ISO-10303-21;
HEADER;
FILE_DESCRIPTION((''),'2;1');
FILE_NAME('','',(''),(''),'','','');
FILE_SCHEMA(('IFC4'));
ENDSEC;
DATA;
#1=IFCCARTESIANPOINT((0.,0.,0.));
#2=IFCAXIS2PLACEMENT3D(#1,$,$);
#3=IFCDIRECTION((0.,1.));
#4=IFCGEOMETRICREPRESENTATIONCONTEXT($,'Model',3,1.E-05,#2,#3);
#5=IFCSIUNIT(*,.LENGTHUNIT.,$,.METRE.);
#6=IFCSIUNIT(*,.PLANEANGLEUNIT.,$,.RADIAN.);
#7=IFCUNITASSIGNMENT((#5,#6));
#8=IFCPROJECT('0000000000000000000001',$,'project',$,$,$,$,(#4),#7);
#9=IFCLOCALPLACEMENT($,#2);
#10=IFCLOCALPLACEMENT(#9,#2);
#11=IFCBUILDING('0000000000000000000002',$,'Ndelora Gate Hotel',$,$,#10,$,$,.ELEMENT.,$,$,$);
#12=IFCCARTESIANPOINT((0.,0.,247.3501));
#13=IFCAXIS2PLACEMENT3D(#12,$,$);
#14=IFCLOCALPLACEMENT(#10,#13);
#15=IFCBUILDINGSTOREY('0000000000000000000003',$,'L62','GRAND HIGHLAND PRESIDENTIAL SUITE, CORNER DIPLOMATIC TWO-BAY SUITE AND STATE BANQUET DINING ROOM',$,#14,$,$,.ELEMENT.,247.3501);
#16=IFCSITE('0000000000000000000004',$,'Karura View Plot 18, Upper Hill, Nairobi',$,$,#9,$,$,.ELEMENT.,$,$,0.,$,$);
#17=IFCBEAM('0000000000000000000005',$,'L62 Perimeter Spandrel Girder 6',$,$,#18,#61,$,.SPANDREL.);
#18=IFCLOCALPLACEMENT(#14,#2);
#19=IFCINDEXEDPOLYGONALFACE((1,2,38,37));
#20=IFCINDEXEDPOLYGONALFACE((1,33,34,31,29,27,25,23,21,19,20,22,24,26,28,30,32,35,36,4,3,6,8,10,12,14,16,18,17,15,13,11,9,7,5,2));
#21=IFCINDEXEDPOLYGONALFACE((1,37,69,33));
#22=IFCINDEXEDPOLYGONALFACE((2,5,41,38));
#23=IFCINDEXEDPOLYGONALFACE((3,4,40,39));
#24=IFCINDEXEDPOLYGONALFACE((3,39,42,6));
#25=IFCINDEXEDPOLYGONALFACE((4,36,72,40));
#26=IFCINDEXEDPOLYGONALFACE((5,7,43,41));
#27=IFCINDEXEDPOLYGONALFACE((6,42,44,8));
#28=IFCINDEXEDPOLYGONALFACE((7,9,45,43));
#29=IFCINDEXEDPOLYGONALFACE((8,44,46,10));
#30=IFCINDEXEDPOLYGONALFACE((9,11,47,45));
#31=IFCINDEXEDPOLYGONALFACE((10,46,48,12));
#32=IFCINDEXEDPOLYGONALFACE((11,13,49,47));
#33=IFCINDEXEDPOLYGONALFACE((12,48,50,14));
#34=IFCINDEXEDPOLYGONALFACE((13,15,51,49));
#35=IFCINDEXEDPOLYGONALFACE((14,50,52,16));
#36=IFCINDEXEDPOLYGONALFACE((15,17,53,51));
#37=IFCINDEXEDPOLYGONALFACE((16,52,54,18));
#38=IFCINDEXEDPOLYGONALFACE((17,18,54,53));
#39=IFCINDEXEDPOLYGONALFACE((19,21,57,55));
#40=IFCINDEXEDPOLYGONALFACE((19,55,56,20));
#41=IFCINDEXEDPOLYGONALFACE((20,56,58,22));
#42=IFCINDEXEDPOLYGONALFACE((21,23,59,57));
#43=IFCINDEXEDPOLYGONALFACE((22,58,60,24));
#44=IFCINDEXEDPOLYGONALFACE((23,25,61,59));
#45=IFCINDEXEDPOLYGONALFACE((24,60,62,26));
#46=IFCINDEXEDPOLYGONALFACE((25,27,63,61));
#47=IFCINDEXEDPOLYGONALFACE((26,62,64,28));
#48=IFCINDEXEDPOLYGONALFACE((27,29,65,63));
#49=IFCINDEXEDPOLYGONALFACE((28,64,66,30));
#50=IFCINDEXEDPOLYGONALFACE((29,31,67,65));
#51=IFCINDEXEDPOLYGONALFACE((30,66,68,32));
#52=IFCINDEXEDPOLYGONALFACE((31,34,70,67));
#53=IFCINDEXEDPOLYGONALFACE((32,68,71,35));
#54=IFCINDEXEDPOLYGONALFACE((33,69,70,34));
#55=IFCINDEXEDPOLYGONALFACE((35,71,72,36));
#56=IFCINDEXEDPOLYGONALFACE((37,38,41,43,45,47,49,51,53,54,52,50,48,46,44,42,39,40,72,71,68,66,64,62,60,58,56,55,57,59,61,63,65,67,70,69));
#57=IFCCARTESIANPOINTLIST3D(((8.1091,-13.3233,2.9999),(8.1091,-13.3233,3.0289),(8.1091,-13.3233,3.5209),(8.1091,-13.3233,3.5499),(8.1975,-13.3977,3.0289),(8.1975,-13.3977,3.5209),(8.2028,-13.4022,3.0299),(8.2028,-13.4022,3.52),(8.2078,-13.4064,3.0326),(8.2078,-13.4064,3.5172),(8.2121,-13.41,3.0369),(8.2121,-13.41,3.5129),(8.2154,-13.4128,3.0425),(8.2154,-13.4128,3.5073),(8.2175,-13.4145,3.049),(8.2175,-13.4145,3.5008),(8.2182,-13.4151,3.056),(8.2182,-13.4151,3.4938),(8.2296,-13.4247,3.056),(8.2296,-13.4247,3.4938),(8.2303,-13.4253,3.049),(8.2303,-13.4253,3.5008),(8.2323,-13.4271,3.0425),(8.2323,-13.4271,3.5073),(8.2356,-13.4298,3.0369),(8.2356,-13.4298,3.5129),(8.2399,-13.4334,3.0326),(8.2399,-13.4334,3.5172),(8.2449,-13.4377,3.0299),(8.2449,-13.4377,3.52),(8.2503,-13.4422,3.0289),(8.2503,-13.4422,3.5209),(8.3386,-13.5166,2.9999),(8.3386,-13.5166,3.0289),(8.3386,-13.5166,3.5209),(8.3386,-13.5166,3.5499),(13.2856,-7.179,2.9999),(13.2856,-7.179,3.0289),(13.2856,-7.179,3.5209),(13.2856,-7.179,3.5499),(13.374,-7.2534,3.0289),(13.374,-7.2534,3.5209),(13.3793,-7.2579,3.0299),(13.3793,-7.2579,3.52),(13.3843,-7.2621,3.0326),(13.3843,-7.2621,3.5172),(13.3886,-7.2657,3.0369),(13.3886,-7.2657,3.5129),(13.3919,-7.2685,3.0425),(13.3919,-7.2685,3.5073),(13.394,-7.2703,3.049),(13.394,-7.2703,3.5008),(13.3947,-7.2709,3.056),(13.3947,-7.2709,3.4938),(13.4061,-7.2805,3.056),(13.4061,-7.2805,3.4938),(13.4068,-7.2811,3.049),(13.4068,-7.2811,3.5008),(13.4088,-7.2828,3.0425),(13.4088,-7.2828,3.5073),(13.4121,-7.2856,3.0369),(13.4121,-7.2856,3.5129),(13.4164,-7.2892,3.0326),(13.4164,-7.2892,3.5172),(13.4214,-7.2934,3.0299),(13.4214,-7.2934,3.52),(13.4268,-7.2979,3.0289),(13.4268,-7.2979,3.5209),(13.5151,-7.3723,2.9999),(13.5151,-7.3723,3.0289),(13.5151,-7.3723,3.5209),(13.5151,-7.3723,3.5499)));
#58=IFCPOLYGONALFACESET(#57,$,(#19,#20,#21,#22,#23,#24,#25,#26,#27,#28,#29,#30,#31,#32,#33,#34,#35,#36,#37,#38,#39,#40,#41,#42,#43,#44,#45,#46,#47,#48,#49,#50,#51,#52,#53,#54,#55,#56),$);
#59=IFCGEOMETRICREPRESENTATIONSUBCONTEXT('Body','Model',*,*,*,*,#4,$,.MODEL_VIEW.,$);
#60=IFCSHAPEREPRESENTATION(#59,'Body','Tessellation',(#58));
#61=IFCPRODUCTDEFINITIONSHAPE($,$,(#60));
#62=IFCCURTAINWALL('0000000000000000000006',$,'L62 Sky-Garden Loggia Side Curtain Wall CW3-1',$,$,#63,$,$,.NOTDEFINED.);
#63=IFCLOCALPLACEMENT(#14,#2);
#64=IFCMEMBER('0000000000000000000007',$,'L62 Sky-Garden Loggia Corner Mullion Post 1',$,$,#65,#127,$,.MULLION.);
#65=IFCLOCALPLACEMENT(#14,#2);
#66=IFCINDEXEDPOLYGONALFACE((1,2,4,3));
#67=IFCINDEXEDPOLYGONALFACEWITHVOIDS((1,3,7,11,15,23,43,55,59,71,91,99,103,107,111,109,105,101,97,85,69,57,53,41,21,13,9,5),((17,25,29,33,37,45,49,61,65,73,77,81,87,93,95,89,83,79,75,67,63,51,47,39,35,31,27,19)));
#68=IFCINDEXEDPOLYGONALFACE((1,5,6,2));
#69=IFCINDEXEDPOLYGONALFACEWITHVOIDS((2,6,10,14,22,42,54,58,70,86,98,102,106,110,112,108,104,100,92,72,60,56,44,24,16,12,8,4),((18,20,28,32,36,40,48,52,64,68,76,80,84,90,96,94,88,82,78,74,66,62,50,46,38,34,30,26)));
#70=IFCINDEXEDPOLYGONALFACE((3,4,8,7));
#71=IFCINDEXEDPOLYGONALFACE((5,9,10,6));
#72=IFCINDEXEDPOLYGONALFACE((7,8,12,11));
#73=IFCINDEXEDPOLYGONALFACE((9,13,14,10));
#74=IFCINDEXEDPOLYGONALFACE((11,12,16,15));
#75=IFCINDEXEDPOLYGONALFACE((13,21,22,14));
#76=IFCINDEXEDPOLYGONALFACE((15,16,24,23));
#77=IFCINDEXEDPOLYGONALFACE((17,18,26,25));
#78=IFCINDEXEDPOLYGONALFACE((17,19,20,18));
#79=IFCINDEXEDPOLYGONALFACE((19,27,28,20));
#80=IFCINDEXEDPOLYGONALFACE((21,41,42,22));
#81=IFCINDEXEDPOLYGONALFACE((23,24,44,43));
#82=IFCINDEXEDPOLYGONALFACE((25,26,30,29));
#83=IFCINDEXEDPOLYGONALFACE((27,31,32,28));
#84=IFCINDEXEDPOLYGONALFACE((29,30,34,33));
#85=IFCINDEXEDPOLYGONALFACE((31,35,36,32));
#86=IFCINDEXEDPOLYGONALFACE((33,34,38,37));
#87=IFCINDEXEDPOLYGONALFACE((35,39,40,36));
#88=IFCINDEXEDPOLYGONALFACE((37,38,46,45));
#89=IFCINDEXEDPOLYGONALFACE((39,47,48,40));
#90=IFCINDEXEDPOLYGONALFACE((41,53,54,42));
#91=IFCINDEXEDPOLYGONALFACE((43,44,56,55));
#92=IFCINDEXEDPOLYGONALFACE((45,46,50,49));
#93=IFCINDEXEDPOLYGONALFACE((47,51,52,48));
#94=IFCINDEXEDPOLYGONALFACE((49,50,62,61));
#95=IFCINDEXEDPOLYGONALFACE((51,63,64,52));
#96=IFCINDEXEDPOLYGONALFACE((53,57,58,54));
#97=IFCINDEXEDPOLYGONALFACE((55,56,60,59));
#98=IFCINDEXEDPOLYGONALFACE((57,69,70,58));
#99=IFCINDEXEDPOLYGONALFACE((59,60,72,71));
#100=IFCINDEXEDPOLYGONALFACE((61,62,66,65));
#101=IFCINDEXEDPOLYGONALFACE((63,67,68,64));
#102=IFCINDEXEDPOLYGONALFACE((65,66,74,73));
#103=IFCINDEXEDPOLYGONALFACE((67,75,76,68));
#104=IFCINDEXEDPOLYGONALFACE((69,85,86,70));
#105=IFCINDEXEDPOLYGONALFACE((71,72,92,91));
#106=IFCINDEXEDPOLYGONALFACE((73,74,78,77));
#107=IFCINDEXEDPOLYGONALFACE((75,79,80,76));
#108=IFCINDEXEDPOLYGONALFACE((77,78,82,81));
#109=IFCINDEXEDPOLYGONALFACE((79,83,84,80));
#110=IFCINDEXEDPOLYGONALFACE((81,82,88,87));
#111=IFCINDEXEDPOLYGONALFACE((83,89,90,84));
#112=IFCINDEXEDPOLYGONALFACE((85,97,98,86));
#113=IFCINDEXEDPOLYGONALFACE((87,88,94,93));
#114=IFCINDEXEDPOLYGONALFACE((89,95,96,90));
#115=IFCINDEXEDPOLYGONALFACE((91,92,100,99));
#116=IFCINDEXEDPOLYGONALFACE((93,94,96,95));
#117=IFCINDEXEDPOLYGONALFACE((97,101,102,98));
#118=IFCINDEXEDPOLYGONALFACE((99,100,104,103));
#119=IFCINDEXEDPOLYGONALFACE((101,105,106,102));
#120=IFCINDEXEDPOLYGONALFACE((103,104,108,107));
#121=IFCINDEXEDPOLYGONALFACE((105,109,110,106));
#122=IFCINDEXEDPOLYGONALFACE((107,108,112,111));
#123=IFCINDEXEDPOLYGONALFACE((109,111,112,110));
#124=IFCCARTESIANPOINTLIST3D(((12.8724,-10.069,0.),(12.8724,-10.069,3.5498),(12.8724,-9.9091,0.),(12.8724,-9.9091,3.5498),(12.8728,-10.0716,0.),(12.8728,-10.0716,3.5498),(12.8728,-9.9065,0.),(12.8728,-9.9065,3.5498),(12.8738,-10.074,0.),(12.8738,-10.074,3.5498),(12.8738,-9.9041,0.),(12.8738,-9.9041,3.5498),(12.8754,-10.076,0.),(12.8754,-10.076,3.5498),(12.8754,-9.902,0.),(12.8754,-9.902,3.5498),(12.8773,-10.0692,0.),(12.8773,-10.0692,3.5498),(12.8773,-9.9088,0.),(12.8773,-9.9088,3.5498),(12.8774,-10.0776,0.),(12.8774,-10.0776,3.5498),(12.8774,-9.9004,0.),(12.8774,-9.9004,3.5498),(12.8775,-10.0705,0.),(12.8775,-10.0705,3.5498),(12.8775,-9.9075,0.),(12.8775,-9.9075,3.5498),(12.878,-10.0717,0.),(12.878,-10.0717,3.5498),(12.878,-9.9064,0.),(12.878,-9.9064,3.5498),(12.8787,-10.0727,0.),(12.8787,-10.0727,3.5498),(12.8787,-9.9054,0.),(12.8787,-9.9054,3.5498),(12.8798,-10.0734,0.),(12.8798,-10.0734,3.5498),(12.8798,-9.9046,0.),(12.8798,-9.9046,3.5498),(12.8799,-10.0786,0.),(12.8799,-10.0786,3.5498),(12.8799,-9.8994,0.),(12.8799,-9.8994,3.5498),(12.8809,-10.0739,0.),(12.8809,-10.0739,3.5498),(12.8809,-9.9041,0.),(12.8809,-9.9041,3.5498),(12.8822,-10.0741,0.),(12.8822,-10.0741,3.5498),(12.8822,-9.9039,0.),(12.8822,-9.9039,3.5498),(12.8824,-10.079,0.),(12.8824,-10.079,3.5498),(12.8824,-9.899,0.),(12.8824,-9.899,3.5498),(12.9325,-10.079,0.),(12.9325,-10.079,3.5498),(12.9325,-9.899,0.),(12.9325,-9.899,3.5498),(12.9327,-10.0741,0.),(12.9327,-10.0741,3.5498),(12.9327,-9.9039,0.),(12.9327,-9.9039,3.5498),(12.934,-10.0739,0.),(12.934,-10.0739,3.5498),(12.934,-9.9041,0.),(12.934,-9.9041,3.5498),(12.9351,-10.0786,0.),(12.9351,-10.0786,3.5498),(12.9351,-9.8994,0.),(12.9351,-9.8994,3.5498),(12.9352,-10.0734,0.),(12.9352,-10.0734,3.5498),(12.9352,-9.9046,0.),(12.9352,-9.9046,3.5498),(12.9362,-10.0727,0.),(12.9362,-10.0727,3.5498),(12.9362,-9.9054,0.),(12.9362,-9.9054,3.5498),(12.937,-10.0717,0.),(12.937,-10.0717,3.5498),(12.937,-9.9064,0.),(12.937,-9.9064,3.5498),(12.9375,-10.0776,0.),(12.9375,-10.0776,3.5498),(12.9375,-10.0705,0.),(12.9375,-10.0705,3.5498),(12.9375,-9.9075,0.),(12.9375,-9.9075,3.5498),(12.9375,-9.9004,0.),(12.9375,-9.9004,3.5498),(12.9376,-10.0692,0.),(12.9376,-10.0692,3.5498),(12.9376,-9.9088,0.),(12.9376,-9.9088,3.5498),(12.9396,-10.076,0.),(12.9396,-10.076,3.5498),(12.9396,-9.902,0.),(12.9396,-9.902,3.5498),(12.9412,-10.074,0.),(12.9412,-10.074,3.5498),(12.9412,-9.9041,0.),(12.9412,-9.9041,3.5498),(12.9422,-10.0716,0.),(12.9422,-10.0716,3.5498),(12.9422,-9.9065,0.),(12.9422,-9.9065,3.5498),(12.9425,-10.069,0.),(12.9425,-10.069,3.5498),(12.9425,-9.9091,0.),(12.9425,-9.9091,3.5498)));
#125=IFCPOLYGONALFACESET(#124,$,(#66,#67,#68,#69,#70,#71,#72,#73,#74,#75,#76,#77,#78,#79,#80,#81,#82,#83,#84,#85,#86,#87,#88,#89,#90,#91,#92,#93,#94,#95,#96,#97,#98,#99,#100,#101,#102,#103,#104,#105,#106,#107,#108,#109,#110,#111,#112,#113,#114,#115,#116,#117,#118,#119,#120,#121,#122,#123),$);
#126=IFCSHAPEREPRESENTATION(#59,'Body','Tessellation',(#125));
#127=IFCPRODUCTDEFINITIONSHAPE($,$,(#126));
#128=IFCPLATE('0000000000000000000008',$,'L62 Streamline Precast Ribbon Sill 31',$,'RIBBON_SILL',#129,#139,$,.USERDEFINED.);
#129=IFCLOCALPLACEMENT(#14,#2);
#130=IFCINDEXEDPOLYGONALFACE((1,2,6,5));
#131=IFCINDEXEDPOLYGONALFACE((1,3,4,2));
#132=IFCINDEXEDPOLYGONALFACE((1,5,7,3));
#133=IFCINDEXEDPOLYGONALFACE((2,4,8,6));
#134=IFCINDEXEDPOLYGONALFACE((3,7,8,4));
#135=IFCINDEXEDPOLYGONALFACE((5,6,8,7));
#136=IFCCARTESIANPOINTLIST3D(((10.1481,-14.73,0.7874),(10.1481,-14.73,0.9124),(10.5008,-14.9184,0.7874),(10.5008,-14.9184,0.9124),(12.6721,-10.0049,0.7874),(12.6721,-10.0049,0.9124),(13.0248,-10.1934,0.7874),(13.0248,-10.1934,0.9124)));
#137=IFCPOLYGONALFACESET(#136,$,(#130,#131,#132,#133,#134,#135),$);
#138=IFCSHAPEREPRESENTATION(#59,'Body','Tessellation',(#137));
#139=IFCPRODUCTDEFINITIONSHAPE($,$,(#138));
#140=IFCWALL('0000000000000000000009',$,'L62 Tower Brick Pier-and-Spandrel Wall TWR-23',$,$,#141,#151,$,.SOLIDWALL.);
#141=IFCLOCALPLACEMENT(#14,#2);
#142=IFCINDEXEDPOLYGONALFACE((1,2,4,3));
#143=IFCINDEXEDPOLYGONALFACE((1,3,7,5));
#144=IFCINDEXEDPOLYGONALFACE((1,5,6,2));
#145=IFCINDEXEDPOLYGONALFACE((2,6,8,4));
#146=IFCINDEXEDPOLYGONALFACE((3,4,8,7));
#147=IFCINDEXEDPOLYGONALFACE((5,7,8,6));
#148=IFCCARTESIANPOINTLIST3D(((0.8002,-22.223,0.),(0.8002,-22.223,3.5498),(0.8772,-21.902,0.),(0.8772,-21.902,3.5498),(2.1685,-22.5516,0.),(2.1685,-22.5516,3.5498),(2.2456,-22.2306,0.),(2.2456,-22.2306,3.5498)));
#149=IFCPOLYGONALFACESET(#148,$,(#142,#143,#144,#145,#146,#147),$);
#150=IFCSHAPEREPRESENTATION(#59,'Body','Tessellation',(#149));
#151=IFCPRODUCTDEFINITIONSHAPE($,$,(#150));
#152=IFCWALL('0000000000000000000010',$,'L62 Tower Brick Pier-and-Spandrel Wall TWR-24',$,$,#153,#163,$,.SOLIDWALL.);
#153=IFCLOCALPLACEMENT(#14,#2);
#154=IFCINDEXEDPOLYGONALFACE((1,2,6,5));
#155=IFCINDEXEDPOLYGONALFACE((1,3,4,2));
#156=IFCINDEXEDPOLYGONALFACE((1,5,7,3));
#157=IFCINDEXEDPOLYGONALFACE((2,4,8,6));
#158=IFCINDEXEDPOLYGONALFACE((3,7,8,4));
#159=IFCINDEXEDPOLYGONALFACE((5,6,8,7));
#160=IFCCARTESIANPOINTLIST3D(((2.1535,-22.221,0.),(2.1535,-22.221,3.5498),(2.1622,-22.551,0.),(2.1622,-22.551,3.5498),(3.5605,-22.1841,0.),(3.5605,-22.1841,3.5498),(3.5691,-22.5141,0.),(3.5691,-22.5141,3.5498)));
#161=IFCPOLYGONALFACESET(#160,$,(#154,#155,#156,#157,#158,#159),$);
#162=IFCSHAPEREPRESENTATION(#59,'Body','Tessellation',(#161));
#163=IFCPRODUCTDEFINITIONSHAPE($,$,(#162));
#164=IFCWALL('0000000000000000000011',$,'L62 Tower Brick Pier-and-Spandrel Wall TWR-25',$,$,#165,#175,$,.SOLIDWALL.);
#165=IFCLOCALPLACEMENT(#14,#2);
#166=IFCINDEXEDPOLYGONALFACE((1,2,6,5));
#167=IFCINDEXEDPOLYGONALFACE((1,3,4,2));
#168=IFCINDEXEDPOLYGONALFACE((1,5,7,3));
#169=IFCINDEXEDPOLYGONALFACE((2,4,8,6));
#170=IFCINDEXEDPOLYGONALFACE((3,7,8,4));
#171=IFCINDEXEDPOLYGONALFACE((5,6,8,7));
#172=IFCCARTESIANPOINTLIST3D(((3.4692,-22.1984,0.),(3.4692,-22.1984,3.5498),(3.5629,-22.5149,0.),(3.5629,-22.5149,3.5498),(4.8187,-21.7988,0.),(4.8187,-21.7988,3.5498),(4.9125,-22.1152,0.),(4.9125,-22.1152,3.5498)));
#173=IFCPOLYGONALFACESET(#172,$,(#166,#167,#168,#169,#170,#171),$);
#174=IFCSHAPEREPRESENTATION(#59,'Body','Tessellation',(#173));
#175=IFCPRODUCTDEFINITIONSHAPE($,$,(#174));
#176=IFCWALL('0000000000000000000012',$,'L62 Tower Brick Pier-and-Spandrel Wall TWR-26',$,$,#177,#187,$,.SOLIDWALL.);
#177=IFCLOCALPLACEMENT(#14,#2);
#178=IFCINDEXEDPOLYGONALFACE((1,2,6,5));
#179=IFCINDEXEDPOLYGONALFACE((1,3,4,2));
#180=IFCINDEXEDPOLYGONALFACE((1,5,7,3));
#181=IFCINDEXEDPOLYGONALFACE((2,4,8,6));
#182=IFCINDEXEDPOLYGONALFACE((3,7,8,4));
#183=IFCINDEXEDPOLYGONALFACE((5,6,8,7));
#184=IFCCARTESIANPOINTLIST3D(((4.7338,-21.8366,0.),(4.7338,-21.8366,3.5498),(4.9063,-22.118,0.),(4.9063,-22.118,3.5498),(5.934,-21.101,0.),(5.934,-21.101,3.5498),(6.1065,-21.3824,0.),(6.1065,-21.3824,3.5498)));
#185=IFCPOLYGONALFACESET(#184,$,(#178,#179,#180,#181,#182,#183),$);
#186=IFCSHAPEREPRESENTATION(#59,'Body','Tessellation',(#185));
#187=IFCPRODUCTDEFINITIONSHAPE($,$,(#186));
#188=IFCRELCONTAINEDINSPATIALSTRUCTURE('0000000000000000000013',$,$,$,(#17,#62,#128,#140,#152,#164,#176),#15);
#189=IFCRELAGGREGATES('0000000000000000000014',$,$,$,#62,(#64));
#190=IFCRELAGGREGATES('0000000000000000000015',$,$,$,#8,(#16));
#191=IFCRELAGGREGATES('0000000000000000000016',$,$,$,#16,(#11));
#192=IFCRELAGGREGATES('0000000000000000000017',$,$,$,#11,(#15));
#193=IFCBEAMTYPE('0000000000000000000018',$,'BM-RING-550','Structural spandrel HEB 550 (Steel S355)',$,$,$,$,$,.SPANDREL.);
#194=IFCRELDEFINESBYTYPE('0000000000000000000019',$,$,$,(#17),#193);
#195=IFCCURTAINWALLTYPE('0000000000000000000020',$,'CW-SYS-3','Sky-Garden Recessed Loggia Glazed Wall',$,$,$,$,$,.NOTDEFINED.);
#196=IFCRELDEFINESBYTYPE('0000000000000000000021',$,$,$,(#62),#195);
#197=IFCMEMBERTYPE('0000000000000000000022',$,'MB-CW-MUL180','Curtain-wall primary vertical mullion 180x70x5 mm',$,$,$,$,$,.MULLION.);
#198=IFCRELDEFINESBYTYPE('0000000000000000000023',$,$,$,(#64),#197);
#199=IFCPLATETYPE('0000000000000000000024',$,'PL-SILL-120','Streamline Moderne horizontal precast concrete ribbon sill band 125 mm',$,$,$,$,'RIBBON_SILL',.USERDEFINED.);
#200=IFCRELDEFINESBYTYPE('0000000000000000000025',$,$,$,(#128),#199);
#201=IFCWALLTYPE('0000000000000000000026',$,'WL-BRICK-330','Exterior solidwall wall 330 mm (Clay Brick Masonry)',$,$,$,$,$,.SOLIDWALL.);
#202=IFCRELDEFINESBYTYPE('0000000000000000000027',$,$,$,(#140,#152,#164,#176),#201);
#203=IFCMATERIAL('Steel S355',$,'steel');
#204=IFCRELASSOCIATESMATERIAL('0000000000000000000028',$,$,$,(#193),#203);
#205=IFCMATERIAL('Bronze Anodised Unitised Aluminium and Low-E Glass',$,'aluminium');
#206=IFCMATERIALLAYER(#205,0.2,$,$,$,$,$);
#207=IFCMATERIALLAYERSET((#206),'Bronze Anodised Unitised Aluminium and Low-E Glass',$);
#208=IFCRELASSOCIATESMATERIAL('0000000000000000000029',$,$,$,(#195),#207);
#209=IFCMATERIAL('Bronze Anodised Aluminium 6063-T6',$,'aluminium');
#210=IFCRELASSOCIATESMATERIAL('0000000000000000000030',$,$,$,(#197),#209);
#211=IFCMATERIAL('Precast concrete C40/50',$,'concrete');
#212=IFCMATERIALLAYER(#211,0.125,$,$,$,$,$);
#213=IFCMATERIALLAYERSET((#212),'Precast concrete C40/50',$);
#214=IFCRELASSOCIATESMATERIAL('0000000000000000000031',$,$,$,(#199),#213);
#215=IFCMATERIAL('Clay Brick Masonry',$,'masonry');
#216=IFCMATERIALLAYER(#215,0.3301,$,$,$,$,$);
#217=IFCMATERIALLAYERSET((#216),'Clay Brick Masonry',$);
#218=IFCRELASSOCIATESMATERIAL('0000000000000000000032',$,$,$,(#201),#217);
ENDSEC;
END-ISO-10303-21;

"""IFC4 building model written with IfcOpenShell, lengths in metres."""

from ifc_helpers import new_model, si_unit, direction, frame, frame_2d, origin, origin_2d, place, context, subcontext, project, spatial, rectangle, hollow_rectangle, i_section, extrude, material, layer, layer_set, material_profile, profile_set, type_object, element, aggregate, save


model = new_model("IFC4")

# Units and contexts
model_context = context("Model", 3, precision=1e-05, world=origin(), true_north=direction((0.0, 1.0)))
body_context = subcontext(model_context, "Body", "Model", "MODEL_VIEW")
ifc_project = project(units=[si_unit("LENGTHUNIT", "METRE"), si_unit("PLANEANGLEUNIT", "RADIAN")], contexts=[model_context])

# Site, building, storey
site_placement = place(None, origin())
site = spatial("IfcSite", under=ifc_project, at=site_placement, Name="Karura View Plot 18, Upper Hill, Nairobi", CompositionType="ELEMENT", RefElevation=0.0)
building_placement = place(site_placement, origin())
building = spatial("IfcBuilding", under=site, at=building_placement, Name="Ndelora Gate Hotel", CompositionType="ELEMENT")
storey_placement = place(building_placement, frame((0.0, 0.0, 247.3501)))
storey = spatial("IfcBuildingStorey", under=building, at=storey_placement, Name="L62", Description="GRAND HIGHLAND PRESIDENTIAL SUITE, CORNER DIPLOMATIC TWO-BAY SUITE AND STATE BANQUET DINING ROOM", CompositionType="ELEMENT", Elevation=247.3501)

# Beam
ifc_material_1 = material(Name="Steel S355", Category="steel")
ifc_material_profile_1 = material_profile(ifc_material_1, i_section(OverallWidth=0.3, OverallDepth=0.55, WebThickness=0.0149, FlangeThickness=0.0291, FilletRadius=0.0271, at=origin_2d()), Name="HEB 550")
ifc_profile_set_1 = profile_set([ifc_material_profile_1], Name="Steel S355")
beam_type_1 = type_object("IfcBeamType", Name="BM-RING-550", Description="Structural spandrel HEB 550 (Steel S355)", PredefinedType="SPANDREL", material=ifc_profile_set_1)
beam_1_placement = place(storey_placement, frame((8.2239, -13.4199, 3.2749), z_axis=(0.644309, 0.764765, 0.0), x_axis=(-0.764765, 0.644309, 0.0)))
element("IfcBeam", 1, at=beam_1_placement, inside=storey, type_object=beam_type_1, Name="L62 Perimeter Spandrel Girder 6", PredefinedType="SPANDREL", context=body_context, shape_type="SweptSolid", body=[
    extrude(i_section(OverallWidth=0.3, OverallDepth=0.55, WebThickness=0.0149, FlangeThickness=0.0291, FilletRadius=0.0271, at=origin_2d()), origin(), (0.0, 0.0, 1.0), 8.0342),
])

# Curtain wall, member
ifc_material_2 = material(Name="Bronze Anodised Unitised Aluminium and Low-E Glass", Category="aluminium")
ifc_layer_1 = layer(ifc_material_2, 0.2)
ifc_layer_set_1 = layer_set([ifc_layer_1], Name="Bronze Anodised Unitised Aluminium and Low-E Glass")
curtain_wall_type = type_object("IfcCurtainWallType", Name="CW-SYS-3", Description="Sky-Garden Recessed Loggia Glazed Wall", PredefinedType="NOTDEFINED", material=ifc_layer_set_1)
curtain_wall_placement = place(storey_placement, origin())
curtain_wall = element("IfcCurtainWall", 2, at=curtain_wall_placement, inside=storey, type_object=curtain_wall_type, Name="L62 Sky-Garden Loggia Side Curtain Wall CW3-1", PredefinedType="NOTDEFINED")
ifc_material_3 = material(Name="Bronze Anodised Aluminium 6063-T6", Category="aluminium")
ifc_material_profile_2 = material_profile(ifc_material_3, hollow_rectangle(XDim=0.0701, YDim=0.1799, WallThickness=0.0049, InnerFilletRadius=0.0049, OuterFilletRadius=0.01, at=origin_2d()), Name="ALU 180x70x5")
ifc_profile_set_2 = profile_set([ifc_material_profile_2], Name="Bronze Anodised Aluminium 6063-T6")
member_type = type_object("IfcMemberType", Name="MB-CW-MUL180", Description="Curtain-wall primary vertical mullion 180x70x5 mm", PredefinedType="MULLION", material=ifc_profile_set_2)
member_placement = place(storey_placement, frame((12.9075, -9.989, 0.0), z_axis=(0.0, 0.0, 1.0), x_axis=(1.0, 0.0, 0.0)))
member = element("IfcMember", 3, at=member_placement, type_object=member_type, Name="L62 Sky-Garden Loggia Corner Mullion Post 1", PredefinedType="MULLION", context=body_context, shape_type="SweptSolid", body=[
    extrude(hollow_rectangle(XDim=0.0701, YDim=0.1799, WallThickness=0.0049, InnerFilletRadius=0.0049, OuterFilletRadius=0.01, at=origin_2d()), origin(), (0.0, 0.0, 1.0), 3.5498),
])
aggregate(curtain_wall, [member])

# Plate
ifc_material_4 = material(Name="Precast concrete C40/50", Category="concrete")
ifc_layer_2 = layer(ifc_material_4, 0.125)
ifc_layer_set_2 = layer_set([ifc_layer_2], Name="Precast concrete C40/50")
plate_type = type_object("IfcPlateType", Name="PL-SILL-120", Description="Streamline Moderne horizontal precast concrete ribbon sill band 125 mm", ElementType="RIBBON_SILL", PredefinedType="USERDEFINED", material=ifc_layer_set_2)
plate_placement = place(storey_placement, frame((11.5864, -12.4617, 0.7874), z_axis=(0.0, 0.0, 1.0), x_axis=(0.471166, 0.882045, 0.0)))
element("IfcPlate", 4, at=plate_placement, inside=storey, type_object=plate_type, Name="L62 Streamline Precast Ribbon Sill 31", ObjectType="RIBBON_SILL", PredefinedType="USERDEFINED", context=body_context, shape_type="SweptSolid", body=[
    extrude(rectangle(XDim=5.3569, YDim=0.3999, at=origin_2d()), origin(), (0.0, 0.0, 1.0), 0.125),
])

# Walls
ifc_material_5 = material(Name="Clay Brick Masonry", Category="masonry")
ifc_layer_3 = layer(ifc_material_5, 0.3301)
ifc_layer_set_3 = layer_set([ifc_layer_3], Name="Clay Brick Masonry")
wall_type = type_object("IfcWallType", Name="WL-BRICK-330", Description="Exterior solidwall wall 330 mm (Clay Brick Masonry)", PredefinedType="SOLIDWALL", material=ifc_layer_set_3)
wall_1_placement = place(storey_placement, frame((2.207, -22.3911, 0.0), z_axis=(0.0, 0.0, 1.0), x_axis=(-0.972356, 0.233504, 0.0)))
element("IfcWall", 5, at=wall_1_placement, inside=storey, type_object=wall_type, Name="L62 Tower Brick Pier-and-Spandrel Wall TWR-23", PredefinedType="SOLIDWALL", context=body_context, shape_type="SweptSolid", body=[
    extrude(rectangle(XDim=1.4072, YDim=0.3301, at=frame_2d((0.7036, 0.0))), origin(), (0.0, 0.0, 1.0), 3.5498),
])
for number, where, z_axis, x_axis, name in (
    (6, (3.5647, -22.3491, 0.0), (0.0, 0.0, 1.0), (-0.999657, -0.026193, 0.0), "L62 Tower Brick Pier-and-Spandrel Wall TWR-24"),
    (7, (4.8655, -21.957, 0.0), (0.0, 0.0, 1.0), (-0.958842, -0.283941, 0.0), "L62 Tower Brick Pier-and-Spandrel Wall TWR-25"),
):
    element("IfcWall", number, at=place(storey_placement, frame(where, z_axis=z_axis, x_axis=x_axis)), inside=storey, type_object=wall_type, Name=name, PredefinedType="SOLIDWALL", context=body_context, shape_type="SweptSolid", body=[
        extrude(rectangle(XDim=1.4075, YDim=0.3301, at=frame_2d((0.7036, 0.0))), origin(), (0.0, 0.0, 1.0), 3.5498),
    ])
wall_2_placement = place(storey_placement, frame((6.0203, -21.2417, 0.0), z_axis=(0.0, 0.0, 1.0), x_axis=(-0.852604, -0.522558, 0.0)))
element("IfcWall", 8, at=wall_2_placement, inside=storey, type_object=wall_type, Name="L62 Tower Brick Pier-and-Spandrel Wall TWR-26", PredefinedType="SOLIDWALL", context=body_context, shape_type="SweptSolid", body=[
    extrude(rectangle(XDim=1.4077, YDim=0.3301, at=frame_2d((0.7039, 0.0))), origin(), (0.0, 0.0, 1.0), 3.5498),
])

save(model, "model.ifc")
